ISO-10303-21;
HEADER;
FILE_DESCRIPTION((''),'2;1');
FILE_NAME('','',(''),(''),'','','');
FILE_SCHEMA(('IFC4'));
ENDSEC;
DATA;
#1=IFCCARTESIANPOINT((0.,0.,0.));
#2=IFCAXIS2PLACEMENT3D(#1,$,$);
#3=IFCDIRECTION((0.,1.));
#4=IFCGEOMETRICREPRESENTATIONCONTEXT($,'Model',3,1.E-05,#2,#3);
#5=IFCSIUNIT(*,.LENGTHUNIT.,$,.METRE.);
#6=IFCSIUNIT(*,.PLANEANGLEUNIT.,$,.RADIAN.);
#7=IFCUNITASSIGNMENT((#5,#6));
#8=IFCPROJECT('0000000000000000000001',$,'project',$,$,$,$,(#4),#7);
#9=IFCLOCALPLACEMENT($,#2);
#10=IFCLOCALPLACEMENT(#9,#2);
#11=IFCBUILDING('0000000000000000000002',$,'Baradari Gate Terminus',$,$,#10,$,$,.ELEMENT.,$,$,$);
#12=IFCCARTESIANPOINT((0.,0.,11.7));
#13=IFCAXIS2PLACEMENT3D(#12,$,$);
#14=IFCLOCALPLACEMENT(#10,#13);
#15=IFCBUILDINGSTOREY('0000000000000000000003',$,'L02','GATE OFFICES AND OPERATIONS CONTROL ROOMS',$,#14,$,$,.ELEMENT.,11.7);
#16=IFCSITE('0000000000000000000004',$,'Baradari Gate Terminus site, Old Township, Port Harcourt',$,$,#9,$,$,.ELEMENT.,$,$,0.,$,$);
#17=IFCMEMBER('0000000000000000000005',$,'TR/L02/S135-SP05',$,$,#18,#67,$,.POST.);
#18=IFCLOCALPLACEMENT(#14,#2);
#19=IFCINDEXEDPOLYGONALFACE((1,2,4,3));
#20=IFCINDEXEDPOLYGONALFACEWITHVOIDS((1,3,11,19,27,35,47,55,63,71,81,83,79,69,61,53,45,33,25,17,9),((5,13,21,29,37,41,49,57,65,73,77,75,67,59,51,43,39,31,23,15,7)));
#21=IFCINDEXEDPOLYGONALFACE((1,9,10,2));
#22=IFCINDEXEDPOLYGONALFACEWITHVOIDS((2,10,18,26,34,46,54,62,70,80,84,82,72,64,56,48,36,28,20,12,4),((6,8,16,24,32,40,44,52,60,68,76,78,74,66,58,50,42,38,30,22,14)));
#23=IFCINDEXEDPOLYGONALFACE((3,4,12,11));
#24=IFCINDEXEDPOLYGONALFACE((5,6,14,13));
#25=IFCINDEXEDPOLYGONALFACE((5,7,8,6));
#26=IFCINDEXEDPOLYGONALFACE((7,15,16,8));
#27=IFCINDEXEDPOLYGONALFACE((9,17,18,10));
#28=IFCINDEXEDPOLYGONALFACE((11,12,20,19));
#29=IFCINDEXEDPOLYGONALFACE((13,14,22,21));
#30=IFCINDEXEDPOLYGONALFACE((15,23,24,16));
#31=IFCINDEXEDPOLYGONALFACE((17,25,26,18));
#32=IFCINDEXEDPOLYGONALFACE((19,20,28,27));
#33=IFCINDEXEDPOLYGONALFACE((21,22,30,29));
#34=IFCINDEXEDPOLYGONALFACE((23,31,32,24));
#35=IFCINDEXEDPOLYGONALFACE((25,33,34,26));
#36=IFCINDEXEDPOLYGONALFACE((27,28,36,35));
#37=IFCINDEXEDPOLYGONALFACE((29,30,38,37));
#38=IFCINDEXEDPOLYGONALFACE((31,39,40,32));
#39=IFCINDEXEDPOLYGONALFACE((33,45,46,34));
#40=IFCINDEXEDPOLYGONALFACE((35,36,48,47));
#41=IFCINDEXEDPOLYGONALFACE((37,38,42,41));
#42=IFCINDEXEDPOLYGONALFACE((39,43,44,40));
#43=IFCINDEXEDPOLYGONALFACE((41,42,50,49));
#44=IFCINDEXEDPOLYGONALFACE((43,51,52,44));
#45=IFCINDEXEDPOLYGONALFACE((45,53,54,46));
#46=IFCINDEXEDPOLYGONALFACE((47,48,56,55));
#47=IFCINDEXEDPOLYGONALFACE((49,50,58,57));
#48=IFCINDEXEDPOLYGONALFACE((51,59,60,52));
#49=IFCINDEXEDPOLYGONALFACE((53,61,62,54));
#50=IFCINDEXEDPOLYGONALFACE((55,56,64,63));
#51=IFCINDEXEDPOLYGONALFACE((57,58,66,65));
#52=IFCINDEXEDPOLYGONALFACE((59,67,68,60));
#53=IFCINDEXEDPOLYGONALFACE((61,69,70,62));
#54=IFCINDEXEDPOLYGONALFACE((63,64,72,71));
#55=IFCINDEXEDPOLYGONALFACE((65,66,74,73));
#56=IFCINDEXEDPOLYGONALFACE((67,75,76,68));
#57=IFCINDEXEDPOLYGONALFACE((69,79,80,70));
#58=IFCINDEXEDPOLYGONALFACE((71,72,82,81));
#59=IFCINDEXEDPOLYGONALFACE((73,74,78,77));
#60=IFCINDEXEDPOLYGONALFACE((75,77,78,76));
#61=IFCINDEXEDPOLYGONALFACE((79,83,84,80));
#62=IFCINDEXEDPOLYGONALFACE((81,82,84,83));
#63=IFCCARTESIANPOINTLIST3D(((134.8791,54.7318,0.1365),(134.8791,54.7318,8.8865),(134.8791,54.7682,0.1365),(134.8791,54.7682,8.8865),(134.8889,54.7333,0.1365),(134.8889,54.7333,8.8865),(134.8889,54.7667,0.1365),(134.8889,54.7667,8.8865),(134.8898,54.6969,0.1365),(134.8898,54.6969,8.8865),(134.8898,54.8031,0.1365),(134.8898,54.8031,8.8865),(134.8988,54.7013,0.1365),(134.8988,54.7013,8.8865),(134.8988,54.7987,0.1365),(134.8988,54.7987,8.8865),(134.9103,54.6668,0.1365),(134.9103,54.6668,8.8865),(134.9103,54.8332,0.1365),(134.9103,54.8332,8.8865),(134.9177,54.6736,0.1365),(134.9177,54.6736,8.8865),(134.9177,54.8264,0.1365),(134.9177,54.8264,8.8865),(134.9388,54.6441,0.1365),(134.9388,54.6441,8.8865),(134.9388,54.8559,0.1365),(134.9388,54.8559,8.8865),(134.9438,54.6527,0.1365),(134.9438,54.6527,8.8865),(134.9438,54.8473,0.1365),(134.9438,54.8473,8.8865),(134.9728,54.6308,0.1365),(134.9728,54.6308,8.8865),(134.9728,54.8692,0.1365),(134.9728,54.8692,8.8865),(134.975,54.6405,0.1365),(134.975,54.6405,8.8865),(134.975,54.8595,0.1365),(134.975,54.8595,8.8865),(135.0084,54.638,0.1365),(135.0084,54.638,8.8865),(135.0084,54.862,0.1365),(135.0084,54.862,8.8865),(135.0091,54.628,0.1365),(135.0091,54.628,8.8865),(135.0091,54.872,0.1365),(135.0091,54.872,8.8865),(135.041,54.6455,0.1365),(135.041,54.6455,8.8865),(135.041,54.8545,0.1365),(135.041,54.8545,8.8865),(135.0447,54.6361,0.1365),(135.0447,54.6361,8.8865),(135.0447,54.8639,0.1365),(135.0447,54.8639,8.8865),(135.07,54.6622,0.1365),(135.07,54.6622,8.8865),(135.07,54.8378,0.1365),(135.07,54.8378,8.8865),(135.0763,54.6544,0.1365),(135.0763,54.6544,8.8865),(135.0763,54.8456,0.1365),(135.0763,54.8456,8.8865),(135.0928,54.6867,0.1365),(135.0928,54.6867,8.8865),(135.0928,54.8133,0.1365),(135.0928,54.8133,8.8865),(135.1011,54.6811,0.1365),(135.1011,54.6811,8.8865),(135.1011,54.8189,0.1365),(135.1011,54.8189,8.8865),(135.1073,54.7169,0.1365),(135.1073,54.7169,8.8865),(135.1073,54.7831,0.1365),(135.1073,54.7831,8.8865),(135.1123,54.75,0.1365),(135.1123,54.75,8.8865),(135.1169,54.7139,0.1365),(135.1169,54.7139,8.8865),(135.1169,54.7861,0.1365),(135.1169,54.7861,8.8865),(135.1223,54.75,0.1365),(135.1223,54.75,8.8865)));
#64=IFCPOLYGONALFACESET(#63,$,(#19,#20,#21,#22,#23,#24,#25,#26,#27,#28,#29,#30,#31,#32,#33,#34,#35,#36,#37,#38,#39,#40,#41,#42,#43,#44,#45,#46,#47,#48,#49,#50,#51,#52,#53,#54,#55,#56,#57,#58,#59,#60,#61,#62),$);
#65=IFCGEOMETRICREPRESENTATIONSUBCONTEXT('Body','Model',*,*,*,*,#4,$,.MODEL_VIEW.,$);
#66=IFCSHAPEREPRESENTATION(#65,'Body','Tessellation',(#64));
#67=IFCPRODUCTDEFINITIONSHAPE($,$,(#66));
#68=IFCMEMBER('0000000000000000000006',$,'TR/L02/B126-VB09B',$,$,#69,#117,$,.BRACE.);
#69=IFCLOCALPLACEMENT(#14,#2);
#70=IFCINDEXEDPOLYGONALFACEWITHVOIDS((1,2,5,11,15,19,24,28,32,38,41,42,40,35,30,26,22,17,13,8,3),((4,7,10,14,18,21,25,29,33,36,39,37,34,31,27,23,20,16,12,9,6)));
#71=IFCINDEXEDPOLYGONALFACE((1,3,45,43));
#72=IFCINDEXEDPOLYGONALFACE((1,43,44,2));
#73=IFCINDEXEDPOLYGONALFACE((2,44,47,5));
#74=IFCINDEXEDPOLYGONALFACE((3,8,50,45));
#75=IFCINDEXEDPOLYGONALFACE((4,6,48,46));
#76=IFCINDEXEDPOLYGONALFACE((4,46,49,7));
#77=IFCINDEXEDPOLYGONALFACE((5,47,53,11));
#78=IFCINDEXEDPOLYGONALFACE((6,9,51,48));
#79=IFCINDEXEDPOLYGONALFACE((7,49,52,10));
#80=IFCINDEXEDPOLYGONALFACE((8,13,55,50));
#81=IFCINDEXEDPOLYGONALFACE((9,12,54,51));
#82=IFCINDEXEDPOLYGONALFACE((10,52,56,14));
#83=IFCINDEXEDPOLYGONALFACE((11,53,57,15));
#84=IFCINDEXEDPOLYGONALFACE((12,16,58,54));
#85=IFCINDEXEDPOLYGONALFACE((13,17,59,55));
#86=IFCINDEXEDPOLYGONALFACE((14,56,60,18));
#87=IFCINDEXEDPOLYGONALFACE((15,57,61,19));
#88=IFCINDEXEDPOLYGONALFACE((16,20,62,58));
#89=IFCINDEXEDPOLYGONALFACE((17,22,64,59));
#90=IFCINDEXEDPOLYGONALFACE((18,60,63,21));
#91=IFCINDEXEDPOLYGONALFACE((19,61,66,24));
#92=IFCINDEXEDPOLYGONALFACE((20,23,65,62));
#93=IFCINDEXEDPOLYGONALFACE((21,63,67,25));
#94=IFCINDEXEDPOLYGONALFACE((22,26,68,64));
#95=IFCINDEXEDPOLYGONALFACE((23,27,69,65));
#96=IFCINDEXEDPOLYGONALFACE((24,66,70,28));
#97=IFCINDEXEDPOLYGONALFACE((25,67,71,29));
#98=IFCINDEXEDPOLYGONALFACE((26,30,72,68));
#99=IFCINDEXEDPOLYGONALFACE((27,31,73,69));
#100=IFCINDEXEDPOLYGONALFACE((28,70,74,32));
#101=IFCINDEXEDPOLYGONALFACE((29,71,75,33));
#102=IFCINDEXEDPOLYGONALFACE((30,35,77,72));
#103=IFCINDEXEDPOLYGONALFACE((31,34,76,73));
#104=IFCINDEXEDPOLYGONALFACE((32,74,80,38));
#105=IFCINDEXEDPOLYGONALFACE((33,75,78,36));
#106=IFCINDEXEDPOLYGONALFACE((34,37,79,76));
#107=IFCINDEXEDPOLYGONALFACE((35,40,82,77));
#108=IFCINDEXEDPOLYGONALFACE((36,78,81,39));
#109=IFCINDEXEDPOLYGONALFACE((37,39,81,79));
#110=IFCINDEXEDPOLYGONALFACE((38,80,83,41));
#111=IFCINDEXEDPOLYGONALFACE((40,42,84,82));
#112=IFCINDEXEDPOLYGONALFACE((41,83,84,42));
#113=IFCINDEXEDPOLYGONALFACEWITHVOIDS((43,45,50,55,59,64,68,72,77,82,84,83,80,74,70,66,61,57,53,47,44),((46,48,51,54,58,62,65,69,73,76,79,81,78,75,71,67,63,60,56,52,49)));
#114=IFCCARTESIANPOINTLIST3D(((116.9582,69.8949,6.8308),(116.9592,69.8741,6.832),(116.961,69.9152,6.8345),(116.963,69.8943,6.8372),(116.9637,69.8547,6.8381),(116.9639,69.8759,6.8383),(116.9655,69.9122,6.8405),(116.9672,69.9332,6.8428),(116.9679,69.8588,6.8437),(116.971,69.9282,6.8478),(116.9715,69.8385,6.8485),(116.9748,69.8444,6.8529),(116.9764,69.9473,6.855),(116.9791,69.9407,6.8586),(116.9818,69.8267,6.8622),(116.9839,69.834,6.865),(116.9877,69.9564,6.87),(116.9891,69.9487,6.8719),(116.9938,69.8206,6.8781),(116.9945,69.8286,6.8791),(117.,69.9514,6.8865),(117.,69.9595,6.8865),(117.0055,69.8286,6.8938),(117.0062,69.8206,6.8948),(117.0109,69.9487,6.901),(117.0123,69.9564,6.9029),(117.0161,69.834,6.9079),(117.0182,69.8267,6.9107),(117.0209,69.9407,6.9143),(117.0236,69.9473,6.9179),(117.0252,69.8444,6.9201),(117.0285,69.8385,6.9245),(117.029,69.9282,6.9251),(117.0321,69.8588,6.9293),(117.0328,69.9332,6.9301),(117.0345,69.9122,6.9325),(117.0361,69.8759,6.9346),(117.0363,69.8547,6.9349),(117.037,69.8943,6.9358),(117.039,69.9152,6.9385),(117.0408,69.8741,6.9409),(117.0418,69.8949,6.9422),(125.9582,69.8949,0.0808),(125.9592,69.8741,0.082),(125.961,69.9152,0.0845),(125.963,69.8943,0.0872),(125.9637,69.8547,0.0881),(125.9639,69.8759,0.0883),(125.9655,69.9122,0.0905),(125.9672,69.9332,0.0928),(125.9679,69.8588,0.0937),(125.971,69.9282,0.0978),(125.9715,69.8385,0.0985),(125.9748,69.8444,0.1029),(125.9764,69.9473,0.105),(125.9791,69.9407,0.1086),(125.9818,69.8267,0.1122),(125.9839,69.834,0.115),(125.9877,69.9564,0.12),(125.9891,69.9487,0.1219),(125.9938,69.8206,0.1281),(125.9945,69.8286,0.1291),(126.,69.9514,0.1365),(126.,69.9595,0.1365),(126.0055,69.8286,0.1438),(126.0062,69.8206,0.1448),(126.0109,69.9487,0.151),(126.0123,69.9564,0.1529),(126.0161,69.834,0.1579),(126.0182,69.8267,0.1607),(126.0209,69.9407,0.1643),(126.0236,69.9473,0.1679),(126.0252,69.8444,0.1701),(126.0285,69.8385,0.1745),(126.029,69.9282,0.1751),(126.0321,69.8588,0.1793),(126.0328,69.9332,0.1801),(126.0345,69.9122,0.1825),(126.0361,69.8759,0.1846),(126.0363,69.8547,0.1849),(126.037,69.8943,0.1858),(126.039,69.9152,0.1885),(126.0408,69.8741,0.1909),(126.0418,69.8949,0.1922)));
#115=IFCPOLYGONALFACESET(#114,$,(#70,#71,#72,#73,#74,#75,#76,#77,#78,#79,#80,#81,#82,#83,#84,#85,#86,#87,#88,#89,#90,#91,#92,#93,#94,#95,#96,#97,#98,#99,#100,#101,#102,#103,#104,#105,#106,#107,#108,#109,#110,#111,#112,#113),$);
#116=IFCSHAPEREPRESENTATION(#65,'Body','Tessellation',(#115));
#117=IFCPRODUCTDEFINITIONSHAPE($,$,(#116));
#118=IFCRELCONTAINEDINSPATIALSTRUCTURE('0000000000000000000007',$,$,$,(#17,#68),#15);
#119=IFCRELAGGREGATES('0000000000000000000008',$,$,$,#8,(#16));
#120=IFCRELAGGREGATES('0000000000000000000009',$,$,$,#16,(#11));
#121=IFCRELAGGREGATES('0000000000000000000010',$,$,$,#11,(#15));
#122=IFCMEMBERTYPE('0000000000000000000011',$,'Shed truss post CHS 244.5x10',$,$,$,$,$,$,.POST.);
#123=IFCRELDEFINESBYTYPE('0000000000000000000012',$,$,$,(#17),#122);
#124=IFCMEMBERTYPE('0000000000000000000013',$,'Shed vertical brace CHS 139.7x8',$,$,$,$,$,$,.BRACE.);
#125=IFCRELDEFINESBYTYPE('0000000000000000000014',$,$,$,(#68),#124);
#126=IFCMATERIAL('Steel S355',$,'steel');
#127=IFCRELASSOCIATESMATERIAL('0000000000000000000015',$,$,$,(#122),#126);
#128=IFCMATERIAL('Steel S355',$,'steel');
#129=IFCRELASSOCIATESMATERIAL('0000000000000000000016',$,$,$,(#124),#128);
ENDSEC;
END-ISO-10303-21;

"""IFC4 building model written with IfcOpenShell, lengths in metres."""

from ifc_helpers import new_model, si_unit, direction, frame, origin, origin_2d, place, context, subcontext, project, spatial, hollow_circle, extrude, material, material_profile, profile_set, type_object, element, save


model = new_model("IFC4")

# Units and contexts
model_context = context("Model", 3, precision=1e-05, world=origin(), true_north=direction((0.0, 1.0)))
body_context = subcontext(model_context, "Body", "Model", "MODEL_VIEW")
ifc_project = project(units=[si_unit("LENGTHUNIT", "METRE"), si_unit("PLANEANGLEUNIT", "RADIAN")], contexts=[model_context])

# Site, building, storey
site_placement = place(None, origin())
site = spatial("IfcSite", under=ifc_project, at=site_placement, Name="Baradari Gate Terminus site, Old Township, Port Harcourt", CompositionType="ELEMENT", RefElevation=0.0)
building_placement = place(site_placement, origin())
building = spatial("IfcBuilding", under=site, at=building_placement, Name="Baradari Gate Terminus", CompositionType="ELEMENT")
storey_placement = place(building_placement, frame((0.0, 0.0, 11.7)))
storey = spatial("IfcBuildingStorey", under=building, at=storey_placement, Name="L02", Description="GATE OFFICES AND OPERATIONS CONTROL ROOMS", CompositionType="ELEMENT", Elevation=11.7)

# Members
ifc_material_1 = material(Name="Steel S355", Category="steel")
ifc_material_profile_1 = material_profile(ifc_material_1, hollow_circle(Radius=0.1223, WallThickness=0.01, at=origin_2d()), Name="CHS 244.5x10")
ifc_profile_set_1 = profile_set([ifc_material_profile_1], Name="Steel S355")
member_type_1 = type_object("IfcMemberType", Name="Shed truss post CHS 244.5x10", PredefinedType="POST", material=ifc_profile_set_1)
member_1_placement = place(storey_placement, frame((135.0, 54.75, 0.1365), z_axis=(0.0, 0.0, 1.0), x_axis=(1.0, 0.0, 0.0)))
element("IfcMember", 1, at=member_1_placement, inside=storey, type_object=member_type_1, Name="TR/L02/S135-SP05", PredefinedType="POST", context=body_context, shape_type="SweptSolid", body=[
    extrude(hollow_circle(Radius=0.1223, WallThickness=0.01, at=origin_2d()), origin(), (0.0, 0.0, 1.0), 8.75),
])
ifc_material_2 = material(Name="Steel S355", Category="steel")
ifc_material_profile_2 = material_profile(ifc_material_2, hollow_circle(Radius=0.0698, WallThickness=0.0081, at=origin_2d()), Name="CHS 139.7x8")
ifc_profile_set_2 = profile_set([ifc_material_profile_2], Name="Steel S355")
member_type_2 = type_object("IfcMemberType", Name="Shed vertical brace CHS 139.7x8", PredefinedType="BRACE", material=ifc_profile_set_2)
member_2_placement = place(storey_placement, frame((117.0, 69.8896, 6.8865), z_axis=(0.8, 0.0, -0.6), x_axis=(0.0, 1.0, 0.0)))
element("IfcMember", 2, at=member_2_placement, inside=storey, type_object=member_type_2, Name="TR/L02/B126-VB09B", PredefinedType="BRACE", context=body_context, shape_type="SweptSolid", body=[
    extrude(hollow_circle(Radius=0.0698, WallThickness=0.0081, at=origin_2d()), origin(), (0.0, 0.0, 1.0), 11.25),
])

save(model, "model.ifc")
